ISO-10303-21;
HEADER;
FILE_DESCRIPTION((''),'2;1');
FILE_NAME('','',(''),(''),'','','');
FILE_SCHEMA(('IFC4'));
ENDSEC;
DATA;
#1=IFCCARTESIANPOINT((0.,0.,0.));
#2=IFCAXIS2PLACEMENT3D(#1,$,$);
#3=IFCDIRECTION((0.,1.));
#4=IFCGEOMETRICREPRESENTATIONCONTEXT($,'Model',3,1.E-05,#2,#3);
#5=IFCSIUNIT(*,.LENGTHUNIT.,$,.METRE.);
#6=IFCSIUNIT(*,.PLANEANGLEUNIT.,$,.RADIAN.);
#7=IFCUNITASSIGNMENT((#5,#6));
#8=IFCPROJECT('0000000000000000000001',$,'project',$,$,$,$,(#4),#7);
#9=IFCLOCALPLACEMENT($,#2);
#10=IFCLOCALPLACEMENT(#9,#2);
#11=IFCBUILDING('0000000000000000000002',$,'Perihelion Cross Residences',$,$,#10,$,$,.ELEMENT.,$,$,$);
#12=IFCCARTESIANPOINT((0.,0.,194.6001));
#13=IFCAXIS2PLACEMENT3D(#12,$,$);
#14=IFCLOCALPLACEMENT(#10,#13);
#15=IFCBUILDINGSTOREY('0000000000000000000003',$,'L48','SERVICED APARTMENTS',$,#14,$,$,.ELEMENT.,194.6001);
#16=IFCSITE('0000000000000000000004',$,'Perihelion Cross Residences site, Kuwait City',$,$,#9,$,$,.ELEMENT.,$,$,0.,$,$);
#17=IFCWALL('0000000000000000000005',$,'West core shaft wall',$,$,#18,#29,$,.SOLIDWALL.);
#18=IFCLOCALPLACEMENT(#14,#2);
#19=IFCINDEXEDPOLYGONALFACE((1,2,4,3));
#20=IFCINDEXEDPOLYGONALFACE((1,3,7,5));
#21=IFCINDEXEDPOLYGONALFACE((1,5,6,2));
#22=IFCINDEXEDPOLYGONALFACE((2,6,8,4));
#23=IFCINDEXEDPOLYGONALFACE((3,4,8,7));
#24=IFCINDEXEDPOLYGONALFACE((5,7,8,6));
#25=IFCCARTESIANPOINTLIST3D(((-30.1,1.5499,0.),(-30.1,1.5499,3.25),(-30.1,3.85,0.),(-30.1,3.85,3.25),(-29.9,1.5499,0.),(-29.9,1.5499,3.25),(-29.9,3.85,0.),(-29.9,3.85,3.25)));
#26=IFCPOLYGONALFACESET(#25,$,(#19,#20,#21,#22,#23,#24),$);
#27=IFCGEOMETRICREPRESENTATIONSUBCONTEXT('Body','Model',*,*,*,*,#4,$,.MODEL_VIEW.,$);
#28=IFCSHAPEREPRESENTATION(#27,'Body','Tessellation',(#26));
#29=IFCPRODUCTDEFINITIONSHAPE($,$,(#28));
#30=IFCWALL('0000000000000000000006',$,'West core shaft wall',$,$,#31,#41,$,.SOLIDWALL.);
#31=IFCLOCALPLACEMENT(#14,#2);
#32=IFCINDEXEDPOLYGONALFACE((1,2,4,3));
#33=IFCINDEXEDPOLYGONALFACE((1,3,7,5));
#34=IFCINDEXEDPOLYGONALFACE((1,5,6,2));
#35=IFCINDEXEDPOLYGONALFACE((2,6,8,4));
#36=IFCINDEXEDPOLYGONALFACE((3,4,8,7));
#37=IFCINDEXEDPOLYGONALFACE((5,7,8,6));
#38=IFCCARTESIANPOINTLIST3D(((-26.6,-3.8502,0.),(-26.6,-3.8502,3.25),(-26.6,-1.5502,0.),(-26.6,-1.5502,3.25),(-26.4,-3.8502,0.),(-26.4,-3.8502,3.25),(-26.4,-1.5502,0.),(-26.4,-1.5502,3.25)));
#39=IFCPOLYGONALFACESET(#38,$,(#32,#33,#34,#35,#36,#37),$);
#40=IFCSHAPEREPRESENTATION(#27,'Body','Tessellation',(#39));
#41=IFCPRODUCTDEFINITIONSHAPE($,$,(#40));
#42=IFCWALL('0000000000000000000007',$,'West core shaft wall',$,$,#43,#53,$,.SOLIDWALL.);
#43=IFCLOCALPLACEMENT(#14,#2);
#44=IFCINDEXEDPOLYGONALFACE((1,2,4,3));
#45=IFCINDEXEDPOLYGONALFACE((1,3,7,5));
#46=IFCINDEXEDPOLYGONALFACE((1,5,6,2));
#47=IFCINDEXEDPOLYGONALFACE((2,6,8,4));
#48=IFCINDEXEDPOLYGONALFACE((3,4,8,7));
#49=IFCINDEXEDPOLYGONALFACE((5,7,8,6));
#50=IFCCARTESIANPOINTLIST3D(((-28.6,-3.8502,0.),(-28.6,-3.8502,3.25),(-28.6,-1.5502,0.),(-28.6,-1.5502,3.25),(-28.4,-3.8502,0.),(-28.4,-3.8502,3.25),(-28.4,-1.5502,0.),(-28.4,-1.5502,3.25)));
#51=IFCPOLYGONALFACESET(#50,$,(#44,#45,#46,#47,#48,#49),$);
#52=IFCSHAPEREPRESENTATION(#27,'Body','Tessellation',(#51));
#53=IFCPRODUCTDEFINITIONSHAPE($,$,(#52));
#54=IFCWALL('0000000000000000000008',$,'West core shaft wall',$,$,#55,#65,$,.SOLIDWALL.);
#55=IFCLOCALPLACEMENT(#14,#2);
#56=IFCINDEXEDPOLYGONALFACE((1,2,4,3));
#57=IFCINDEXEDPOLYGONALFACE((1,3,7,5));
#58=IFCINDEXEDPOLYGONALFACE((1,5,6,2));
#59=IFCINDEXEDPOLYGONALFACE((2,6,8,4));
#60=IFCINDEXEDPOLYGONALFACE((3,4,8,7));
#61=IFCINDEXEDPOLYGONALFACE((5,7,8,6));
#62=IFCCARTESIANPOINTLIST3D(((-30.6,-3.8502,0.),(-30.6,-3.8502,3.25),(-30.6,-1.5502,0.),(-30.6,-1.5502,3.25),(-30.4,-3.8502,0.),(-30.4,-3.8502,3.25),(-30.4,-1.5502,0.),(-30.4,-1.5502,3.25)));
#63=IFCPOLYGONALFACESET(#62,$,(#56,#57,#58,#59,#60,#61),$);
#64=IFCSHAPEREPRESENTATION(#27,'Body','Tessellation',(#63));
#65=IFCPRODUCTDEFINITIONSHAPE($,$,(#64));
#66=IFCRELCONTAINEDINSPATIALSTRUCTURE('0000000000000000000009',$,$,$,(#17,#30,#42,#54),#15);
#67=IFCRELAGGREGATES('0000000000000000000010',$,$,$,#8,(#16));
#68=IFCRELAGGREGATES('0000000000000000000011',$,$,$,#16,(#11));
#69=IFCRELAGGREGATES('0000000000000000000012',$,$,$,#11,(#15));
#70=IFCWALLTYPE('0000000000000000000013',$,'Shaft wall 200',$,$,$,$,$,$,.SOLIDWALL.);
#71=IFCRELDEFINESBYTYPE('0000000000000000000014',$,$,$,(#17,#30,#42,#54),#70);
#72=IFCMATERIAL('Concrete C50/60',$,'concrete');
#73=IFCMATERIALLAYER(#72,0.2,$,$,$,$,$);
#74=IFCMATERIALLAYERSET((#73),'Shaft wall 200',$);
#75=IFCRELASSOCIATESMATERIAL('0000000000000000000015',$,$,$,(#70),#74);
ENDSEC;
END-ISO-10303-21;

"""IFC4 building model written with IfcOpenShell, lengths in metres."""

from ifc_helpers import new_model, si_unit, direction, frame, frame_2d, origin, place, context, subcontext, project, spatial, rectangle, extrude, material, layer, layer_set, type_object, element, save


model = new_model("IFC4")

# Units and contexts
model_context = context("Model", 3, precision=1e-05, world=origin(), true_north=direction((0.0, 1.0)))
body_context = subcontext(model_context, "Body", "Model", "MODEL_VIEW")
ifc_project = project(units=[si_unit("LENGTHUNIT", "METRE"), si_unit("PLANEANGLEUNIT", "RADIAN")], contexts=[model_context])

# Site, building, storey
site_placement = place(None, origin())
site = spatial("IfcSite", under=ifc_project, at=site_placement, Name="Perihelion Cross Residences site, Kuwait City", CompositionType="ELEMENT", RefElevation=0.0)
building_placement = place(site_placement, origin())
building = spatial("IfcBuilding", under=site, at=building_placement, Name="Perihelion Cross Residences", CompositionType="ELEMENT")
storey_placement = place(building_placement, frame((0.0, 0.0, 194.6001)))
storey = spatial("IfcBuildingStorey", under=building, at=storey_placement, Name="L48", Description="SERVICED APARTMENTS", CompositionType="ELEMENT", Elevation=194.6001)

# Shared definitions
ifc_material_1 = material(Name="Concrete C50/60", Category="concrete")
ifc_layer_1 = layer(ifc_material_1, 0.2)
ifc_layer_set_1 = layer_set([ifc_layer_1], Name="Shaft wall 200")
wall_type_1 = type_object("IfcWallType", Name="Shaft wall 200", PredefinedType="SOLIDWALL", material=ifc_layer_set_1)

# Walls
for number, where, z_axis, x_axis, name in (
    (1, (-30.0, 1.55, 0.0), (0.0, 0.0, 1.0), (0.0, 1.0, 0.0), "West core shaft wall"),
    (2, (-26.5, -3.8501, 0.0), (0.0, 0.0, 1.0), (0.0, 1.0, 0.0), "West core shaft wall"),
    (3, (-28.5, -3.8501, 0.0), (0.0, 0.0, 1.0), (0.0, 1.0, 0.0), "West core shaft wall"),
    (4, (-30.5, -3.8501, 0.0), (0.0, 0.0, 1.0), (0.0, 1.0, 0.0), "West core shaft wall"),
):
    element("IfcWall", number, at=place(storey_placement, frame(where, z_axis=z_axis, x_axis=x_axis)), inside=storey, type_object=wall_type_1, Name=name, PredefinedType="SOLIDWALL", context=body_context, shape_type="SweptSolid", body=[
        extrude(rectangle(XDim=2.3, YDim=0.2, at=frame_2d((1.1499, 0.0))), origin(), (0.0, 0.0, 1.0), 3.25),
    ])

save(model, "model.ifc")
